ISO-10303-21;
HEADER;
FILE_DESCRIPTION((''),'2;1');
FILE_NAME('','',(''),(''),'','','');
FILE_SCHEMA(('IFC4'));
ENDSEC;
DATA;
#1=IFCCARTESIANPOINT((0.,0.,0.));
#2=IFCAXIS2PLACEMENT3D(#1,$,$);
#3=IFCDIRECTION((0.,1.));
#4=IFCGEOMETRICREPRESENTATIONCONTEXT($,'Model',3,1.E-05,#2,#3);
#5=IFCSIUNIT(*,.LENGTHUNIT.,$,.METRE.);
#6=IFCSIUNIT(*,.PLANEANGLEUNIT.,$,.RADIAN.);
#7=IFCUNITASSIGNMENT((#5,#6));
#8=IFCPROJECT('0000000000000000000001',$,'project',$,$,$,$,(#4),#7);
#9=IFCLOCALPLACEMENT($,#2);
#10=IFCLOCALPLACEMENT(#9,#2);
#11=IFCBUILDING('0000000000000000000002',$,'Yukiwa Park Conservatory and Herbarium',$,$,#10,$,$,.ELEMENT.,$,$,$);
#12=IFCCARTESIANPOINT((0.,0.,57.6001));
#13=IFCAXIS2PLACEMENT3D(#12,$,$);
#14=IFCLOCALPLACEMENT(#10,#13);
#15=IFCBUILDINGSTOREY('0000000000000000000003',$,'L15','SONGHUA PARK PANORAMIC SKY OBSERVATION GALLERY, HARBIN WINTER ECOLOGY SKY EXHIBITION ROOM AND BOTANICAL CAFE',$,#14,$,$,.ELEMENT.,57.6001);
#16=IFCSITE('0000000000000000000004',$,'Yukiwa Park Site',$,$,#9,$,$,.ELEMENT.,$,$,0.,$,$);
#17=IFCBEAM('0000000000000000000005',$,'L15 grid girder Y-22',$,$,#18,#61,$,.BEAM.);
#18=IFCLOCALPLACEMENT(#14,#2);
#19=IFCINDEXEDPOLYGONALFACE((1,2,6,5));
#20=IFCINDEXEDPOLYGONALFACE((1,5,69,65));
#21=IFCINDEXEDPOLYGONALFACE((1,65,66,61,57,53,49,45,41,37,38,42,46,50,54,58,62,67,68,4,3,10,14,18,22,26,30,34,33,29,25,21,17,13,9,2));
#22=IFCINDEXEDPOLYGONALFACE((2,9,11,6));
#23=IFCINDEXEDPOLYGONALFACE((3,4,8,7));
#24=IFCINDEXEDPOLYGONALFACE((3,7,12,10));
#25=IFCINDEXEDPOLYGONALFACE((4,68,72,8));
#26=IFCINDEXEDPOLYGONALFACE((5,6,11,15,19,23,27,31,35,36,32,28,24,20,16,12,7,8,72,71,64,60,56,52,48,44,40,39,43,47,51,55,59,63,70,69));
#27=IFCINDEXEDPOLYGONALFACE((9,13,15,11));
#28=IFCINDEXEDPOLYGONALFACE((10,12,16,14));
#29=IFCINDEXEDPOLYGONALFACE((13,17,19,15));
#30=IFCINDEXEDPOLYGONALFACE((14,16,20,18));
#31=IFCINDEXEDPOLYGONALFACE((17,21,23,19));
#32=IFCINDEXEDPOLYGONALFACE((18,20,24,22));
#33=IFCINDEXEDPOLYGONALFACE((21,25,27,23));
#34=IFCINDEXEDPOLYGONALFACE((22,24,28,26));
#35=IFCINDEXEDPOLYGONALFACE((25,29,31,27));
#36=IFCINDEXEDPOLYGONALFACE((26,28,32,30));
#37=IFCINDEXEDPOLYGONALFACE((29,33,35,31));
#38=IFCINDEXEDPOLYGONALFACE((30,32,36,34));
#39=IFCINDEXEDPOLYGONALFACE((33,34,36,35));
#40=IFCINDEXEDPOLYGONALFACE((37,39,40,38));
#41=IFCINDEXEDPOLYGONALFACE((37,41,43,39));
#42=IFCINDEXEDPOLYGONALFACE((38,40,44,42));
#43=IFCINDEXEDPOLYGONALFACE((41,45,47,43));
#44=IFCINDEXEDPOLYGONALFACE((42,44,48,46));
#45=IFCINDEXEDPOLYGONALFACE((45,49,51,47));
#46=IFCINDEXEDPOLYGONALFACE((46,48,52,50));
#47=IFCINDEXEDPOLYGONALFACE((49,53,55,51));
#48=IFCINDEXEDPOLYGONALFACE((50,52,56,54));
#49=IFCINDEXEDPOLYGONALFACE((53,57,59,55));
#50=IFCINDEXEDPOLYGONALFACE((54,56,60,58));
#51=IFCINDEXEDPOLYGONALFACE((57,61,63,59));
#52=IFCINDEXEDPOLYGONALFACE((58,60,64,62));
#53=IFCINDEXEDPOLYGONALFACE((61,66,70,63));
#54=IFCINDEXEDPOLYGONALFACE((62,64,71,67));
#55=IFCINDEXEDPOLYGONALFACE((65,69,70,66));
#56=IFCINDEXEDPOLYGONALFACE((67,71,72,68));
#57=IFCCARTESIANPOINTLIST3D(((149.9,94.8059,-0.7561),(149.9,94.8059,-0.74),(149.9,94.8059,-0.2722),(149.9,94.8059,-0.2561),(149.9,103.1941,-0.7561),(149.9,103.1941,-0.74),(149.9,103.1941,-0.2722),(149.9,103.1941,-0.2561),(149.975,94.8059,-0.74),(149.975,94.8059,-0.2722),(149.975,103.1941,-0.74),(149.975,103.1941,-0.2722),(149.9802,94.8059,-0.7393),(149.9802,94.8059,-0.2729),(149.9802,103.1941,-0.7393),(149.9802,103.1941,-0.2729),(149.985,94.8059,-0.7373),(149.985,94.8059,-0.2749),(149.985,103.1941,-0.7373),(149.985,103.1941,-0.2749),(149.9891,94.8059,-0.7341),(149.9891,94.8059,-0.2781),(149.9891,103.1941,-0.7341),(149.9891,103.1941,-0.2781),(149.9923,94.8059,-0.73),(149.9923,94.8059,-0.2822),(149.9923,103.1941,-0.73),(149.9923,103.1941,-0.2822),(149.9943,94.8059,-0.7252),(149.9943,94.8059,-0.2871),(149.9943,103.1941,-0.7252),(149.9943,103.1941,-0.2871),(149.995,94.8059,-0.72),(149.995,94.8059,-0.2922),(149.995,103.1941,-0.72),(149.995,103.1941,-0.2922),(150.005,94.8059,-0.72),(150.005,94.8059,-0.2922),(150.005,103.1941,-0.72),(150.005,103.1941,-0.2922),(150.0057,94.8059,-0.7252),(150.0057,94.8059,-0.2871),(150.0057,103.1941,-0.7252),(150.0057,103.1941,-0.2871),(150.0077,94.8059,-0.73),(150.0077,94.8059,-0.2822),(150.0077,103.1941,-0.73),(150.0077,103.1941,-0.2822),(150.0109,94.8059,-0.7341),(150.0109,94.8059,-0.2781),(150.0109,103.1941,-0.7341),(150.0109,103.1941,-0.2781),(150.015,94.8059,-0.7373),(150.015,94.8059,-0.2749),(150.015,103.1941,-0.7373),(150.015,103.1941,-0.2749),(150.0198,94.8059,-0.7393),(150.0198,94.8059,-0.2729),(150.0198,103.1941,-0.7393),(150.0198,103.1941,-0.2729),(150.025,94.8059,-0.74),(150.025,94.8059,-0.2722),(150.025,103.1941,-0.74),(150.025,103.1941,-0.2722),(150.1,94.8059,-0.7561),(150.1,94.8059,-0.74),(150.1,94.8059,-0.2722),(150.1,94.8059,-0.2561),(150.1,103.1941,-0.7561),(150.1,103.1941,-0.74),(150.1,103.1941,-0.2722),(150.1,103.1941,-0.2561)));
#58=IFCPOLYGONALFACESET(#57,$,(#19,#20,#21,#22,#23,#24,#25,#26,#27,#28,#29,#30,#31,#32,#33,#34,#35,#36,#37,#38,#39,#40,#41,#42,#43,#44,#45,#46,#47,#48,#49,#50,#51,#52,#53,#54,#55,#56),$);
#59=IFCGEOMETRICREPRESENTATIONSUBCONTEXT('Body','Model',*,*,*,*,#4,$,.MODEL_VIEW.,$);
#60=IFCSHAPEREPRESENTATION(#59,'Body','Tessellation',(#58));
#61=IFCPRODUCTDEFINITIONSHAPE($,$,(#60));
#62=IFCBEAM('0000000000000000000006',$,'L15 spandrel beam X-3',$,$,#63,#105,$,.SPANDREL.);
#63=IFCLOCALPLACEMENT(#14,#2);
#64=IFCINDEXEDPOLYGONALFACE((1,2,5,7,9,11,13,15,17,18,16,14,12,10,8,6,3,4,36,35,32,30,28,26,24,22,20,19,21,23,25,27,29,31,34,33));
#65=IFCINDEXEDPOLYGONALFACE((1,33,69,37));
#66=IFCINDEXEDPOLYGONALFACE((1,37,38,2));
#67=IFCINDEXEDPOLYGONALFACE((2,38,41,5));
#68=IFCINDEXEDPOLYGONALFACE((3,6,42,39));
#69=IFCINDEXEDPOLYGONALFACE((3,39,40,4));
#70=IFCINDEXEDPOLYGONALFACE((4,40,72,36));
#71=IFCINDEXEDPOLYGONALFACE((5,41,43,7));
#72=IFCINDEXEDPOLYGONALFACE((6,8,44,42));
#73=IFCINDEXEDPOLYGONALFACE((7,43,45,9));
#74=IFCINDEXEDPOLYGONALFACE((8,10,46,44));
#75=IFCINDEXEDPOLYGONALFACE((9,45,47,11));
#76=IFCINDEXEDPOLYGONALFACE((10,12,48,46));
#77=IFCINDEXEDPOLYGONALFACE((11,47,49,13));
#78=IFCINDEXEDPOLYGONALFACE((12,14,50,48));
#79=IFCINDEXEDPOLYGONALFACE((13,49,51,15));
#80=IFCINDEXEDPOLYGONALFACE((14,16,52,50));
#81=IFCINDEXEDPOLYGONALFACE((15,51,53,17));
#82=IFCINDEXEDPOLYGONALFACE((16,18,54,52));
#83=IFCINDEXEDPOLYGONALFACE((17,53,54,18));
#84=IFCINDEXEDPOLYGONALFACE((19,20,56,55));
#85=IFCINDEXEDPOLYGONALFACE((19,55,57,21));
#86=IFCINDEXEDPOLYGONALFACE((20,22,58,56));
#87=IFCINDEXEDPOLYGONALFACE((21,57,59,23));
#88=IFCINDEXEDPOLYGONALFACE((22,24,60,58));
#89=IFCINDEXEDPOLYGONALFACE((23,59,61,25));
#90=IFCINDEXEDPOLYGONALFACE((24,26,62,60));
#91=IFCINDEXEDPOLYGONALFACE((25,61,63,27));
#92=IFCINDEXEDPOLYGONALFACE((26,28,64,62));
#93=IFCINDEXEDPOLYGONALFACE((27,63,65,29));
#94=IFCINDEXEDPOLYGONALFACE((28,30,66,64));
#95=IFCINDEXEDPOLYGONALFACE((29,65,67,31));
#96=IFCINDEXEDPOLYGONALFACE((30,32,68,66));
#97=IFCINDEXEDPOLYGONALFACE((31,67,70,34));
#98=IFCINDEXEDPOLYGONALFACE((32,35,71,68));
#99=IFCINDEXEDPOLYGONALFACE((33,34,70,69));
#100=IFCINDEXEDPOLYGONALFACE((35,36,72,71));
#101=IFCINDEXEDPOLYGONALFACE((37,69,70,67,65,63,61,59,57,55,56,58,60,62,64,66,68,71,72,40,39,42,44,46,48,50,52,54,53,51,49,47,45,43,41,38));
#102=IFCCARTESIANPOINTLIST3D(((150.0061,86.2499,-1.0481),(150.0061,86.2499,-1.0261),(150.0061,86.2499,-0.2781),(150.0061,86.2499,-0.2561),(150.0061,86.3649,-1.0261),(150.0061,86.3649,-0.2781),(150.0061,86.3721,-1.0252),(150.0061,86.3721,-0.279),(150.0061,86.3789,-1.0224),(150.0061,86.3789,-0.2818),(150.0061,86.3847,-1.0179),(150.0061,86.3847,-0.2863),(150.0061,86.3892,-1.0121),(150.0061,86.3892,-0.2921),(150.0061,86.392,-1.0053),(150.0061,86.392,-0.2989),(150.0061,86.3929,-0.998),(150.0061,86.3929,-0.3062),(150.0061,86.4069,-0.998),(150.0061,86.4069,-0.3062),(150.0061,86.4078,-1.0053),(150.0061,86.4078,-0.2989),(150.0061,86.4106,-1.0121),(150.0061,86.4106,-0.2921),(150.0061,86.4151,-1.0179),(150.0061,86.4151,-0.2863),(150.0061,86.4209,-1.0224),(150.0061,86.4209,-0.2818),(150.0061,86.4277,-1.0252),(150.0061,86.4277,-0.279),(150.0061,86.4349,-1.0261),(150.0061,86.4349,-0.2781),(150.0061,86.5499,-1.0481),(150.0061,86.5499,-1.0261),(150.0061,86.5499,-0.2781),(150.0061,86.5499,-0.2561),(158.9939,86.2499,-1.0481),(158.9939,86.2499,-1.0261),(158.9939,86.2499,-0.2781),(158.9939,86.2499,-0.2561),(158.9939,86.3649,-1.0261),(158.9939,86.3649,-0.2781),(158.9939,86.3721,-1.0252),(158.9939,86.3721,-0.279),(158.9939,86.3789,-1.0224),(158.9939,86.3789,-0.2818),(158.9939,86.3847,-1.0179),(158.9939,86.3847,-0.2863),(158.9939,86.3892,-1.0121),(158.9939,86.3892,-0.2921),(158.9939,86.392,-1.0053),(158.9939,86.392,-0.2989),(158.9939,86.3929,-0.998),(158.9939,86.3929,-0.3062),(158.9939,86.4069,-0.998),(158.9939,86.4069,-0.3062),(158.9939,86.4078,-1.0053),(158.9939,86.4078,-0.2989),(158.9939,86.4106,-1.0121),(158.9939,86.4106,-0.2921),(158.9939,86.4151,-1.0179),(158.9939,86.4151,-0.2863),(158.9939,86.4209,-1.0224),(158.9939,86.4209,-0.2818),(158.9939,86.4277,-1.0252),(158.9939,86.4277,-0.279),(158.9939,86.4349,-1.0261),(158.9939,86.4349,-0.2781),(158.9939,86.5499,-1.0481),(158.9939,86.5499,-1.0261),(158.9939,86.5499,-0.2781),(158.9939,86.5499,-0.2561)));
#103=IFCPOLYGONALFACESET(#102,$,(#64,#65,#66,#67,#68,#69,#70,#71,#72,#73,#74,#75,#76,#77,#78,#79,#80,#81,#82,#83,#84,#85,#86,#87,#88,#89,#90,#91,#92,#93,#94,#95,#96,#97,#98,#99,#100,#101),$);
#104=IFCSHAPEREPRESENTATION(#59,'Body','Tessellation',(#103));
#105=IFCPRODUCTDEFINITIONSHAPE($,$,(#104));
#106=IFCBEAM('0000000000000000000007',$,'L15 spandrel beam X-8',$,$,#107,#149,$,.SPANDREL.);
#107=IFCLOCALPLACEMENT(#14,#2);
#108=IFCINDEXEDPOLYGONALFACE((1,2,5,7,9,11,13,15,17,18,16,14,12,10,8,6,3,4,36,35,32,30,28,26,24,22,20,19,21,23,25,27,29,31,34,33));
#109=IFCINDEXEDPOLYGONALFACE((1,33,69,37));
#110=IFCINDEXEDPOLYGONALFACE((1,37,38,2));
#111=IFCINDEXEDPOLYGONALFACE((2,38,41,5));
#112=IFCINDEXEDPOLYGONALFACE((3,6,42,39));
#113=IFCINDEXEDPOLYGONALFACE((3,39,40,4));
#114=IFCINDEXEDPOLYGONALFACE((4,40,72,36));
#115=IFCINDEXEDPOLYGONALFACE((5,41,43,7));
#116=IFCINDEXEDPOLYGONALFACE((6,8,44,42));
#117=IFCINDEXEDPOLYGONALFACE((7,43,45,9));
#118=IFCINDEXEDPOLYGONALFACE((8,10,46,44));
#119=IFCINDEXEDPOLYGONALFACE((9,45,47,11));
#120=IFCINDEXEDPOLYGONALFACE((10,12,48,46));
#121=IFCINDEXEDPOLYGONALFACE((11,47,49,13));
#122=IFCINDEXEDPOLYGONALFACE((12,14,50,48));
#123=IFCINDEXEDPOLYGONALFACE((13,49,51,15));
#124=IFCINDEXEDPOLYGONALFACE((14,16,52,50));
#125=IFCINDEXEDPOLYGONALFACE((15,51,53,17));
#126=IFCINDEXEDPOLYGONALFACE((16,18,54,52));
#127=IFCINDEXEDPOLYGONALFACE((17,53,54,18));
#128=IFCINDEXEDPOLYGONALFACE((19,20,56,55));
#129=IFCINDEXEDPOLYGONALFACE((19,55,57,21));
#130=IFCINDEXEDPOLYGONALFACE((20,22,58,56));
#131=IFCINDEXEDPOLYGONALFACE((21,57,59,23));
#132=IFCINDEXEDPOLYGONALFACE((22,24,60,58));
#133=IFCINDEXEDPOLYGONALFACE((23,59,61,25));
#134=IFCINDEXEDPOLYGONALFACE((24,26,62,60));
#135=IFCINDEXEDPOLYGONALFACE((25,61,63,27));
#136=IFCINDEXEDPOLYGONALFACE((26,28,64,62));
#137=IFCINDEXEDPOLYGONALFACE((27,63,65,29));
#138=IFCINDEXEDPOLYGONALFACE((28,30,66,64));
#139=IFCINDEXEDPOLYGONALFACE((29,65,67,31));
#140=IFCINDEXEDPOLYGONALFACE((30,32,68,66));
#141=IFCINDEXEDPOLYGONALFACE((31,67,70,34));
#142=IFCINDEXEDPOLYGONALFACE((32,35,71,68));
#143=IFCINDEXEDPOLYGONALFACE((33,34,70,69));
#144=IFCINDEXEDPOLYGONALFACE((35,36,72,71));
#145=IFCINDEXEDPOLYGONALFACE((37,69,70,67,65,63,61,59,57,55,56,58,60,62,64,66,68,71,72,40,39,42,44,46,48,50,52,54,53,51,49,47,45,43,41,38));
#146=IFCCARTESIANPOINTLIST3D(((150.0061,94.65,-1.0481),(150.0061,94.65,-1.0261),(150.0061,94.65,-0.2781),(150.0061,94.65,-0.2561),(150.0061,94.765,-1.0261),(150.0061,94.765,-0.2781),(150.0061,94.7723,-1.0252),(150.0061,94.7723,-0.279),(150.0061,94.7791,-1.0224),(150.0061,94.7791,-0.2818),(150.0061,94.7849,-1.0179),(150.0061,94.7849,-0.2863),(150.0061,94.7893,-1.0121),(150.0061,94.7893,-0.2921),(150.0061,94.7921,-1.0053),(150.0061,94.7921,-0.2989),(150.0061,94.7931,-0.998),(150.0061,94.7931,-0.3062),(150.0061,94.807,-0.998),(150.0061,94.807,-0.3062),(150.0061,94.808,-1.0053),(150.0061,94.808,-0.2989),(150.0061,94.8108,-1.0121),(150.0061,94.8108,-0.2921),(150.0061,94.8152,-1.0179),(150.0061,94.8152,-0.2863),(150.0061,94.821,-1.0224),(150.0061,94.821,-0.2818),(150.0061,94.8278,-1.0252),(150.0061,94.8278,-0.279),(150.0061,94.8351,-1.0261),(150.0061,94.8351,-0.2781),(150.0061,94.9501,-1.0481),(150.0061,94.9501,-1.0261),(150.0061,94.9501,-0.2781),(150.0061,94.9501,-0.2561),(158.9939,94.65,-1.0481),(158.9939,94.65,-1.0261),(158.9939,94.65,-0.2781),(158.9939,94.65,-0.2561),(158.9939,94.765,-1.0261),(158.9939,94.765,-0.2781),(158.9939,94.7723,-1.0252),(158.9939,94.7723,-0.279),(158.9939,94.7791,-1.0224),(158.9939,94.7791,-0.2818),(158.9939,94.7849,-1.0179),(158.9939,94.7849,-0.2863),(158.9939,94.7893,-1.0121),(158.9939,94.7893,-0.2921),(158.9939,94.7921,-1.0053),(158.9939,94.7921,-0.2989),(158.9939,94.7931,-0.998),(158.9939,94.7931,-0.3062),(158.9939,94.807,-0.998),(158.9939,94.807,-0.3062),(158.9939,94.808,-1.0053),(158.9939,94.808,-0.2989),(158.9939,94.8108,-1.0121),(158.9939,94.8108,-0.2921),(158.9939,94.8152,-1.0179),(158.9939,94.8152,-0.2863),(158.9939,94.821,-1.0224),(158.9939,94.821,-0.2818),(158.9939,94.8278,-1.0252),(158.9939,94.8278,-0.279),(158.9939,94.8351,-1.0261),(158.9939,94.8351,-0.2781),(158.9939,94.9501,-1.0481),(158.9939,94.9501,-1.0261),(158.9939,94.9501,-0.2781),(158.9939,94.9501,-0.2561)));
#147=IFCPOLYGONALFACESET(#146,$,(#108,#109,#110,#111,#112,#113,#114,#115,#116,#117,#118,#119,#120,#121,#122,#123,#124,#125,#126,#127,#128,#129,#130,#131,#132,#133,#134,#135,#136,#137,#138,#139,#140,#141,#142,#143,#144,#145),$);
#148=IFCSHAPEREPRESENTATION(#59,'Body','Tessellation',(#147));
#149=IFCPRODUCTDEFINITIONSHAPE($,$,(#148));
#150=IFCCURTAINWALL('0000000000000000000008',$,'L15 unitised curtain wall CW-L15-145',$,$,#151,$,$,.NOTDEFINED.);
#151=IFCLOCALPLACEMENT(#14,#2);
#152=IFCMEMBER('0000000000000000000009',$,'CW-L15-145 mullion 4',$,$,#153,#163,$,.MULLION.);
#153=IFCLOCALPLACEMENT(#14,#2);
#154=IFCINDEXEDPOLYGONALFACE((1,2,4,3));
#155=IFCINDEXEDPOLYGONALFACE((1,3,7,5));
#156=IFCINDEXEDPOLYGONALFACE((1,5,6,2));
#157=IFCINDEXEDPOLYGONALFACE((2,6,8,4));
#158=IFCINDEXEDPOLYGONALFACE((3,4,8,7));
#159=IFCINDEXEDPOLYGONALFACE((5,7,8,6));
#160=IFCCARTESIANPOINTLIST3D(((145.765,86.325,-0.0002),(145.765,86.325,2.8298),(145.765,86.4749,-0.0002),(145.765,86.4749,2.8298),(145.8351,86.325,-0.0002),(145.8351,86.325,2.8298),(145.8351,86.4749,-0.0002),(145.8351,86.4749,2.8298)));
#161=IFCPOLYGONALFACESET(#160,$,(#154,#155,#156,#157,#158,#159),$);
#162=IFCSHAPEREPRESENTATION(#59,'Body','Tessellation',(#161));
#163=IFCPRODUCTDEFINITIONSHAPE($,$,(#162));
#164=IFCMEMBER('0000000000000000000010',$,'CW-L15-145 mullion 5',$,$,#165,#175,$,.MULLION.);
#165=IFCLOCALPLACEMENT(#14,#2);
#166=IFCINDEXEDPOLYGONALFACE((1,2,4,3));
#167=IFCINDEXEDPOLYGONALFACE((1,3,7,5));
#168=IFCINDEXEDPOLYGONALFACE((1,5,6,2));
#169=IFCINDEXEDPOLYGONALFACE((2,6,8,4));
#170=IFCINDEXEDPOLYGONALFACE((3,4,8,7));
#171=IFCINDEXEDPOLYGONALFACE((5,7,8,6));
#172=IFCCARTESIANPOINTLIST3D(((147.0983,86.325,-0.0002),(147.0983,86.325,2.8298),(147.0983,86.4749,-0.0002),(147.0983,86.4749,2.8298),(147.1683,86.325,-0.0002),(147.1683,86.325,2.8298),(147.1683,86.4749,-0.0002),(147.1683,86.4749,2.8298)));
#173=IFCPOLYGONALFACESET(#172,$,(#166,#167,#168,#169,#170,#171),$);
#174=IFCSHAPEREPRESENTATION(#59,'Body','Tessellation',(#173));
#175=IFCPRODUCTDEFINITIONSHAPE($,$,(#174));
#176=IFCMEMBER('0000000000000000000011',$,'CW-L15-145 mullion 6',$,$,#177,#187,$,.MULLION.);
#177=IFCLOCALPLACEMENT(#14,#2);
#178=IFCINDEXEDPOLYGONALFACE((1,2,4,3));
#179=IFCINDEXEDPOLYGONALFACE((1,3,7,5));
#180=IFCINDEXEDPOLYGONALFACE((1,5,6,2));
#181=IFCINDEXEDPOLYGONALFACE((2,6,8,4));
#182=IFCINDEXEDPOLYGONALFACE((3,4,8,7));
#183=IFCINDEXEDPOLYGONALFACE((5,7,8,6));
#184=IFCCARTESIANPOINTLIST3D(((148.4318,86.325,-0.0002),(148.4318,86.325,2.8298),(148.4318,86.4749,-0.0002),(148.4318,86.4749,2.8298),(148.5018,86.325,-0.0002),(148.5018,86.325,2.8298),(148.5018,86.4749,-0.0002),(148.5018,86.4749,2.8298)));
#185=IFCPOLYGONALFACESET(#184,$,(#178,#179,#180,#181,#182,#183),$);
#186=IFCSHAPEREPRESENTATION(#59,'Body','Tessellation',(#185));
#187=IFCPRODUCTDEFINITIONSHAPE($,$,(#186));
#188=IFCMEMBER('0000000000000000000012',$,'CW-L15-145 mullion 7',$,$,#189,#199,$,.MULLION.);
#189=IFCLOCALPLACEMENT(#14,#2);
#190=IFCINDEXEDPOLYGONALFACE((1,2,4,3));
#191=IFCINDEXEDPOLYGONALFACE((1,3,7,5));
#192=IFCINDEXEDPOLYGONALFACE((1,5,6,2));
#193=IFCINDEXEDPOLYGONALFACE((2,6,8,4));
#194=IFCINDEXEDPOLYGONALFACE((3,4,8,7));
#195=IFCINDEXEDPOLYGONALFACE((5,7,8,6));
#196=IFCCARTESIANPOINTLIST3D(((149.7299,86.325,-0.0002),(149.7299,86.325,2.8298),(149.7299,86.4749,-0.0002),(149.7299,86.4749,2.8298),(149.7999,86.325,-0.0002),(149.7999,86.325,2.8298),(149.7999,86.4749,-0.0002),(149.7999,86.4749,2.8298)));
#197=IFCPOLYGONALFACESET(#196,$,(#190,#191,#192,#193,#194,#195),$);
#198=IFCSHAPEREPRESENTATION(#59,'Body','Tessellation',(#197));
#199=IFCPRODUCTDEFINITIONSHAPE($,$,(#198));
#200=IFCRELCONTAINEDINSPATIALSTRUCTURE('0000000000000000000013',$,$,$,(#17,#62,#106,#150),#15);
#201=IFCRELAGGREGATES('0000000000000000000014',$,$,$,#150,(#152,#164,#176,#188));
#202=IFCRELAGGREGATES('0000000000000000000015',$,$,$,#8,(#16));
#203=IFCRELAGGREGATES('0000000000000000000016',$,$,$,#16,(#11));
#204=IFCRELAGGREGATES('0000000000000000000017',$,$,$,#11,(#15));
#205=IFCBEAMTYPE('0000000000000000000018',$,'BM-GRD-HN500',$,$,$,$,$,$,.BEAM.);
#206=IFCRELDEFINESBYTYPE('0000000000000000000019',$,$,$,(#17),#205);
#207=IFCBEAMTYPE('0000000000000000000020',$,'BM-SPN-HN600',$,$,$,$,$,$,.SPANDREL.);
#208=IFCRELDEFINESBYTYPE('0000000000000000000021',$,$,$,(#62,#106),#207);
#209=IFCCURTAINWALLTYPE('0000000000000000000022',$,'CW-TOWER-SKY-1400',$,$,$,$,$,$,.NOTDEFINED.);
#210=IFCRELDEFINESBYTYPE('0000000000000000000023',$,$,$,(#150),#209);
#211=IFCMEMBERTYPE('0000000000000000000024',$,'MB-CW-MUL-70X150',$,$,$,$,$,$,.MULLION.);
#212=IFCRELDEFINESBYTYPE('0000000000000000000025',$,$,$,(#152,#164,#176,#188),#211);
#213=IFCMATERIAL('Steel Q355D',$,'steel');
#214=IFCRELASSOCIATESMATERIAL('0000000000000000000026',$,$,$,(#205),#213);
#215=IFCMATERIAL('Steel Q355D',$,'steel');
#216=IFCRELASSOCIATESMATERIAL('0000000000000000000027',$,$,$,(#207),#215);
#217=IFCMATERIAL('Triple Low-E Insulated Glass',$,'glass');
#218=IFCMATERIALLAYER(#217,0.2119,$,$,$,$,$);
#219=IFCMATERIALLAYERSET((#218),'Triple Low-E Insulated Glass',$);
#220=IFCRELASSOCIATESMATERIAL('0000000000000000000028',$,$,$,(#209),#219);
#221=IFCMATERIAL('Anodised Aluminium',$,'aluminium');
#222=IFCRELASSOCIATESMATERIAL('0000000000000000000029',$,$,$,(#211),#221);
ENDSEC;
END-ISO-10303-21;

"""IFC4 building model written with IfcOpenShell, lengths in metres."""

from ifc_helpers import new_model, si_unit, direction, frame, origin, origin_2d, place, context, subcontext, project, spatial, rectangle, i_section, extrude, material, layer, layer_set, material_profile, profile_set, type_object, element, aggregate, save


model = new_model("IFC4")

# Units and contexts
model_context = context("Model", 3, precision=1e-05, world=origin(), true_north=direction((0.0, 1.0)))
body_context = subcontext(model_context, "Body", "Model", "MODEL_VIEW")
ifc_project = project(units=[si_unit("LENGTHUNIT", "METRE"), si_unit("PLANEANGLEUNIT", "RADIAN")], contexts=[model_context])

# Site, building, storey
site_placement = place(None, origin())
site = spatial("IfcSite", under=ifc_project, at=site_placement, Name="Yukiwa Park Site", CompositionType="ELEMENT", RefElevation=0.0)
building_placement = place(site_placement, origin())
building = spatial("IfcBuilding", under=site, at=building_placement, Name="Yukiwa Park Conservatory and Herbarium", CompositionType="ELEMENT")
storey_placement = place(building_placement, frame((0.0, 0.0, 57.6001)))
storey = spatial("IfcBuildingStorey", under=building, at=storey_placement, Name="L15", Description="SONGHUA PARK PANORAMIC SKY OBSERVATION GALLERY, HARBIN WINTER ECOLOGY SKY EXHIBITION ROOM AND BOTANICAL CAFE", CompositionType="ELEMENT", Elevation=57.6001)

# Beams
ifc_material_1 = material(Name="Steel Q355D", Category="steel")
ifc_material_profile_1 = material_profile(ifc_material_1, i_section(OverallWidth=0.2, OverallDepth=0.5, WebThickness=0.01, FlangeThickness=0.0161, FilletRadius=0.02, at=origin_2d()), Name="HN 500x200x10x16")
ifc_profile_set_1 = profile_set([ifc_material_profile_1], Name="Steel Q355D")
beam_type_1 = type_object("IfcBeamType", Name="BM-GRD-HN500", PredefinedType="BEAM", material=ifc_profile_set_1)
beam_1_placement = place(storey_placement, frame((150.0, 94.8059, -0.5061), z_axis=(0.0, 1.0, 0.0), x_axis=(-1.0, 0.0, 0.0)))
element("IfcBeam", 1, at=beam_1_placement, inside=storey, type_object=beam_type_1, Name="L15 grid girder Y-22", PredefinedType="BEAM", context=body_context, shape_type="SweptSolid", body=[
    extrude(i_section(OverallWidth=0.2, OverallDepth=0.5, WebThickness=0.01, FlangeThickness=0.0161, FilletRadius=0.02, at=origin_2d()), origin(), (0.0, 0.0, 1.0), 8.3882),
])
ifc_material_2 = material(Name="Steel Q355D", Category="steel")
ifc_material_profile_2 = material_profile(ifc_material_2, i_section(OverallWidth=0.3, OverallDepth=0.792, WebThickness=0.0139, FlangeThickness=0.022, FilletRadius=0.0281, at=origin_2d()), Name="HN 792x300x14x22")
ifc_profile_set_2 = profile_set([ifc_material_profile_2], Name="Steel Q355D")
beam_type_2 = type_object("IfcBeamType", Name="BM-SPN-HN600", PredefinedType="SPANDREL", material=ifc_profile_set_2)
for number, where, z_axis, x_axis, name in (
    (2, (150.0061, 86.3999, -0.6521), (1.0, 0.0, 0.0), (0.0, 1.0, 0.0), "L15 spandrel beam X-3"),
    (3, (150.0061, 94.8, -0.6521), (1.0, 0.0, 0.0), (0.0, 1.0, 0.0), "L15 spandrel beam X-8"),
):
    element("IfcBeam", number, at=place(storey_placement, frame(where, z_axis=z_axis, x_axis=x_axis)), inside=storey, type_object=beam_type_2, Name=name, PredefinedType="SPANDREL", context=body_context, shape_type="SweptSolid", body=[
        extrude(i_section(OverallWidth=0.3, OverallDepth=0.792, WebThickness=0.0139, FlangeThickness=0.022, FilletRadius=0.0281, at=origin_2d()), origin(), (0.0, 0.0, 1.0), 8.9878),
    ])

# Curtain wall, members
ifc_material_3 = material(Name="Triple Low-E Insulated Glass", Category="glass")
ifc_layer_1 = layer(ifc_material_3, 0.2119)
ifc_layer_set_1 = layer_set([ifc_layer_1], Name="Triple Low-E Insulated Glass")
curtain_wall_type = type_object("IfcCurtainWallType", Name="CW-TOWER-SKY-1400", PredefinedType="NOTDEFINED", material=ifc_layer_set_1)
curtain_wall_1_placement = place(storey_placement, origin())
curtain_wall_1 = element("IfcCurtainWall", 4, at=curtain_wall_1_placement, inside=storey, type_object=curtain_wall_type, Name="L15 unitised curtain wall CW-L15-145", PredefinedType="NOTDEFINED")
ifc_material_4 = material(Name="Anodised Aluminium", Category="aluminium")
member_type_1 = type_object("IfcMemberType", Name="MB-CW-MUL-70X150", PredefinedType="MULLION", material=ifc_material_4)
member_1_placement = place(storey_placement, frame((145.8, 86.3999, -0.0002), z_axis=(0.0, 0.0, 1.0), x_axis=(1.0, 0.0, 0.0)))
member_1 = element("IfcMember", 5, at=member_1_placement, type_object=member_type_1, Name="CW-L15-145 mullion 4", PredefinedType="MULLION", context=body_context, shape_type="SweptSolid", body=[
    extrude(rectangle(XDim=0.0701, YDim=0.1499, at=origin_2d()), origin(), (0.0, 0.0, 1.0), 2.8301),
])
member_2_placement = place(storey_placement, frame((147.1333, 86.3999, -0.0002), z_axis=(0.0, 0.0, 1.0), x_axis=(1.0, 0.0, 0.0)))
member_2 = element("IfcMember", 6, at=member_2_placement, type_object=member_type_1, Name="CW-L15-145 mullion 5", PredefinedType="MULLION", context=body_context, shape_type="SweptSolid", body=[
    extrude(rectangle(XDim=0.0701, YDim=0.1499, at=origin_2d()), origin(), (0.0, 0.0, 1.0), 2.8301),
])
member_3_placement = place(storey_placement, frame((148.4668, 86.3999, -0.0002), z_axis=(0.0, 0.0, 1.0), x_axis=(1.0, 0.0, 0.0)))
member_3 = element("IfcMember", 7, at=member_3_placement, type_object=member_type_1, Name="CW-L15-145 mullion 6", PredefinedType="MULLION", context=body_context, shape_type="SweptSolid", body=[
    extrude(rectangle(XDim=0.0701, YDim=0.1499, at=origin_2d()), origin(), (0.0, 0.0, 1.0), 2.8301),
])
member_4_placement = place(storey_placement, frame((149.7649, 86.3999, -0.0002), z_axis=(0.0, 0.0, 1.0), x_axis=(1.0, 0.0, 0.0)))
member_4 = element("IfcMember", 8, at=member_4_placement, type_object=member_type_1, Name="CW-L15-145 mullion 7", PredefinedType="MULLION", context=body_context, shape_type="SweptSolid", body=[
    extrude(rectangle(XDim=0.0701, YDim=0.1499, at=origin_2d()), origin(), (0.0, 0.0, 1.0), 2.8301),
])

aggregate(curtain_wall_1, [member_1, member_2, member_3, member_4])

save(model, "model.ifc")
